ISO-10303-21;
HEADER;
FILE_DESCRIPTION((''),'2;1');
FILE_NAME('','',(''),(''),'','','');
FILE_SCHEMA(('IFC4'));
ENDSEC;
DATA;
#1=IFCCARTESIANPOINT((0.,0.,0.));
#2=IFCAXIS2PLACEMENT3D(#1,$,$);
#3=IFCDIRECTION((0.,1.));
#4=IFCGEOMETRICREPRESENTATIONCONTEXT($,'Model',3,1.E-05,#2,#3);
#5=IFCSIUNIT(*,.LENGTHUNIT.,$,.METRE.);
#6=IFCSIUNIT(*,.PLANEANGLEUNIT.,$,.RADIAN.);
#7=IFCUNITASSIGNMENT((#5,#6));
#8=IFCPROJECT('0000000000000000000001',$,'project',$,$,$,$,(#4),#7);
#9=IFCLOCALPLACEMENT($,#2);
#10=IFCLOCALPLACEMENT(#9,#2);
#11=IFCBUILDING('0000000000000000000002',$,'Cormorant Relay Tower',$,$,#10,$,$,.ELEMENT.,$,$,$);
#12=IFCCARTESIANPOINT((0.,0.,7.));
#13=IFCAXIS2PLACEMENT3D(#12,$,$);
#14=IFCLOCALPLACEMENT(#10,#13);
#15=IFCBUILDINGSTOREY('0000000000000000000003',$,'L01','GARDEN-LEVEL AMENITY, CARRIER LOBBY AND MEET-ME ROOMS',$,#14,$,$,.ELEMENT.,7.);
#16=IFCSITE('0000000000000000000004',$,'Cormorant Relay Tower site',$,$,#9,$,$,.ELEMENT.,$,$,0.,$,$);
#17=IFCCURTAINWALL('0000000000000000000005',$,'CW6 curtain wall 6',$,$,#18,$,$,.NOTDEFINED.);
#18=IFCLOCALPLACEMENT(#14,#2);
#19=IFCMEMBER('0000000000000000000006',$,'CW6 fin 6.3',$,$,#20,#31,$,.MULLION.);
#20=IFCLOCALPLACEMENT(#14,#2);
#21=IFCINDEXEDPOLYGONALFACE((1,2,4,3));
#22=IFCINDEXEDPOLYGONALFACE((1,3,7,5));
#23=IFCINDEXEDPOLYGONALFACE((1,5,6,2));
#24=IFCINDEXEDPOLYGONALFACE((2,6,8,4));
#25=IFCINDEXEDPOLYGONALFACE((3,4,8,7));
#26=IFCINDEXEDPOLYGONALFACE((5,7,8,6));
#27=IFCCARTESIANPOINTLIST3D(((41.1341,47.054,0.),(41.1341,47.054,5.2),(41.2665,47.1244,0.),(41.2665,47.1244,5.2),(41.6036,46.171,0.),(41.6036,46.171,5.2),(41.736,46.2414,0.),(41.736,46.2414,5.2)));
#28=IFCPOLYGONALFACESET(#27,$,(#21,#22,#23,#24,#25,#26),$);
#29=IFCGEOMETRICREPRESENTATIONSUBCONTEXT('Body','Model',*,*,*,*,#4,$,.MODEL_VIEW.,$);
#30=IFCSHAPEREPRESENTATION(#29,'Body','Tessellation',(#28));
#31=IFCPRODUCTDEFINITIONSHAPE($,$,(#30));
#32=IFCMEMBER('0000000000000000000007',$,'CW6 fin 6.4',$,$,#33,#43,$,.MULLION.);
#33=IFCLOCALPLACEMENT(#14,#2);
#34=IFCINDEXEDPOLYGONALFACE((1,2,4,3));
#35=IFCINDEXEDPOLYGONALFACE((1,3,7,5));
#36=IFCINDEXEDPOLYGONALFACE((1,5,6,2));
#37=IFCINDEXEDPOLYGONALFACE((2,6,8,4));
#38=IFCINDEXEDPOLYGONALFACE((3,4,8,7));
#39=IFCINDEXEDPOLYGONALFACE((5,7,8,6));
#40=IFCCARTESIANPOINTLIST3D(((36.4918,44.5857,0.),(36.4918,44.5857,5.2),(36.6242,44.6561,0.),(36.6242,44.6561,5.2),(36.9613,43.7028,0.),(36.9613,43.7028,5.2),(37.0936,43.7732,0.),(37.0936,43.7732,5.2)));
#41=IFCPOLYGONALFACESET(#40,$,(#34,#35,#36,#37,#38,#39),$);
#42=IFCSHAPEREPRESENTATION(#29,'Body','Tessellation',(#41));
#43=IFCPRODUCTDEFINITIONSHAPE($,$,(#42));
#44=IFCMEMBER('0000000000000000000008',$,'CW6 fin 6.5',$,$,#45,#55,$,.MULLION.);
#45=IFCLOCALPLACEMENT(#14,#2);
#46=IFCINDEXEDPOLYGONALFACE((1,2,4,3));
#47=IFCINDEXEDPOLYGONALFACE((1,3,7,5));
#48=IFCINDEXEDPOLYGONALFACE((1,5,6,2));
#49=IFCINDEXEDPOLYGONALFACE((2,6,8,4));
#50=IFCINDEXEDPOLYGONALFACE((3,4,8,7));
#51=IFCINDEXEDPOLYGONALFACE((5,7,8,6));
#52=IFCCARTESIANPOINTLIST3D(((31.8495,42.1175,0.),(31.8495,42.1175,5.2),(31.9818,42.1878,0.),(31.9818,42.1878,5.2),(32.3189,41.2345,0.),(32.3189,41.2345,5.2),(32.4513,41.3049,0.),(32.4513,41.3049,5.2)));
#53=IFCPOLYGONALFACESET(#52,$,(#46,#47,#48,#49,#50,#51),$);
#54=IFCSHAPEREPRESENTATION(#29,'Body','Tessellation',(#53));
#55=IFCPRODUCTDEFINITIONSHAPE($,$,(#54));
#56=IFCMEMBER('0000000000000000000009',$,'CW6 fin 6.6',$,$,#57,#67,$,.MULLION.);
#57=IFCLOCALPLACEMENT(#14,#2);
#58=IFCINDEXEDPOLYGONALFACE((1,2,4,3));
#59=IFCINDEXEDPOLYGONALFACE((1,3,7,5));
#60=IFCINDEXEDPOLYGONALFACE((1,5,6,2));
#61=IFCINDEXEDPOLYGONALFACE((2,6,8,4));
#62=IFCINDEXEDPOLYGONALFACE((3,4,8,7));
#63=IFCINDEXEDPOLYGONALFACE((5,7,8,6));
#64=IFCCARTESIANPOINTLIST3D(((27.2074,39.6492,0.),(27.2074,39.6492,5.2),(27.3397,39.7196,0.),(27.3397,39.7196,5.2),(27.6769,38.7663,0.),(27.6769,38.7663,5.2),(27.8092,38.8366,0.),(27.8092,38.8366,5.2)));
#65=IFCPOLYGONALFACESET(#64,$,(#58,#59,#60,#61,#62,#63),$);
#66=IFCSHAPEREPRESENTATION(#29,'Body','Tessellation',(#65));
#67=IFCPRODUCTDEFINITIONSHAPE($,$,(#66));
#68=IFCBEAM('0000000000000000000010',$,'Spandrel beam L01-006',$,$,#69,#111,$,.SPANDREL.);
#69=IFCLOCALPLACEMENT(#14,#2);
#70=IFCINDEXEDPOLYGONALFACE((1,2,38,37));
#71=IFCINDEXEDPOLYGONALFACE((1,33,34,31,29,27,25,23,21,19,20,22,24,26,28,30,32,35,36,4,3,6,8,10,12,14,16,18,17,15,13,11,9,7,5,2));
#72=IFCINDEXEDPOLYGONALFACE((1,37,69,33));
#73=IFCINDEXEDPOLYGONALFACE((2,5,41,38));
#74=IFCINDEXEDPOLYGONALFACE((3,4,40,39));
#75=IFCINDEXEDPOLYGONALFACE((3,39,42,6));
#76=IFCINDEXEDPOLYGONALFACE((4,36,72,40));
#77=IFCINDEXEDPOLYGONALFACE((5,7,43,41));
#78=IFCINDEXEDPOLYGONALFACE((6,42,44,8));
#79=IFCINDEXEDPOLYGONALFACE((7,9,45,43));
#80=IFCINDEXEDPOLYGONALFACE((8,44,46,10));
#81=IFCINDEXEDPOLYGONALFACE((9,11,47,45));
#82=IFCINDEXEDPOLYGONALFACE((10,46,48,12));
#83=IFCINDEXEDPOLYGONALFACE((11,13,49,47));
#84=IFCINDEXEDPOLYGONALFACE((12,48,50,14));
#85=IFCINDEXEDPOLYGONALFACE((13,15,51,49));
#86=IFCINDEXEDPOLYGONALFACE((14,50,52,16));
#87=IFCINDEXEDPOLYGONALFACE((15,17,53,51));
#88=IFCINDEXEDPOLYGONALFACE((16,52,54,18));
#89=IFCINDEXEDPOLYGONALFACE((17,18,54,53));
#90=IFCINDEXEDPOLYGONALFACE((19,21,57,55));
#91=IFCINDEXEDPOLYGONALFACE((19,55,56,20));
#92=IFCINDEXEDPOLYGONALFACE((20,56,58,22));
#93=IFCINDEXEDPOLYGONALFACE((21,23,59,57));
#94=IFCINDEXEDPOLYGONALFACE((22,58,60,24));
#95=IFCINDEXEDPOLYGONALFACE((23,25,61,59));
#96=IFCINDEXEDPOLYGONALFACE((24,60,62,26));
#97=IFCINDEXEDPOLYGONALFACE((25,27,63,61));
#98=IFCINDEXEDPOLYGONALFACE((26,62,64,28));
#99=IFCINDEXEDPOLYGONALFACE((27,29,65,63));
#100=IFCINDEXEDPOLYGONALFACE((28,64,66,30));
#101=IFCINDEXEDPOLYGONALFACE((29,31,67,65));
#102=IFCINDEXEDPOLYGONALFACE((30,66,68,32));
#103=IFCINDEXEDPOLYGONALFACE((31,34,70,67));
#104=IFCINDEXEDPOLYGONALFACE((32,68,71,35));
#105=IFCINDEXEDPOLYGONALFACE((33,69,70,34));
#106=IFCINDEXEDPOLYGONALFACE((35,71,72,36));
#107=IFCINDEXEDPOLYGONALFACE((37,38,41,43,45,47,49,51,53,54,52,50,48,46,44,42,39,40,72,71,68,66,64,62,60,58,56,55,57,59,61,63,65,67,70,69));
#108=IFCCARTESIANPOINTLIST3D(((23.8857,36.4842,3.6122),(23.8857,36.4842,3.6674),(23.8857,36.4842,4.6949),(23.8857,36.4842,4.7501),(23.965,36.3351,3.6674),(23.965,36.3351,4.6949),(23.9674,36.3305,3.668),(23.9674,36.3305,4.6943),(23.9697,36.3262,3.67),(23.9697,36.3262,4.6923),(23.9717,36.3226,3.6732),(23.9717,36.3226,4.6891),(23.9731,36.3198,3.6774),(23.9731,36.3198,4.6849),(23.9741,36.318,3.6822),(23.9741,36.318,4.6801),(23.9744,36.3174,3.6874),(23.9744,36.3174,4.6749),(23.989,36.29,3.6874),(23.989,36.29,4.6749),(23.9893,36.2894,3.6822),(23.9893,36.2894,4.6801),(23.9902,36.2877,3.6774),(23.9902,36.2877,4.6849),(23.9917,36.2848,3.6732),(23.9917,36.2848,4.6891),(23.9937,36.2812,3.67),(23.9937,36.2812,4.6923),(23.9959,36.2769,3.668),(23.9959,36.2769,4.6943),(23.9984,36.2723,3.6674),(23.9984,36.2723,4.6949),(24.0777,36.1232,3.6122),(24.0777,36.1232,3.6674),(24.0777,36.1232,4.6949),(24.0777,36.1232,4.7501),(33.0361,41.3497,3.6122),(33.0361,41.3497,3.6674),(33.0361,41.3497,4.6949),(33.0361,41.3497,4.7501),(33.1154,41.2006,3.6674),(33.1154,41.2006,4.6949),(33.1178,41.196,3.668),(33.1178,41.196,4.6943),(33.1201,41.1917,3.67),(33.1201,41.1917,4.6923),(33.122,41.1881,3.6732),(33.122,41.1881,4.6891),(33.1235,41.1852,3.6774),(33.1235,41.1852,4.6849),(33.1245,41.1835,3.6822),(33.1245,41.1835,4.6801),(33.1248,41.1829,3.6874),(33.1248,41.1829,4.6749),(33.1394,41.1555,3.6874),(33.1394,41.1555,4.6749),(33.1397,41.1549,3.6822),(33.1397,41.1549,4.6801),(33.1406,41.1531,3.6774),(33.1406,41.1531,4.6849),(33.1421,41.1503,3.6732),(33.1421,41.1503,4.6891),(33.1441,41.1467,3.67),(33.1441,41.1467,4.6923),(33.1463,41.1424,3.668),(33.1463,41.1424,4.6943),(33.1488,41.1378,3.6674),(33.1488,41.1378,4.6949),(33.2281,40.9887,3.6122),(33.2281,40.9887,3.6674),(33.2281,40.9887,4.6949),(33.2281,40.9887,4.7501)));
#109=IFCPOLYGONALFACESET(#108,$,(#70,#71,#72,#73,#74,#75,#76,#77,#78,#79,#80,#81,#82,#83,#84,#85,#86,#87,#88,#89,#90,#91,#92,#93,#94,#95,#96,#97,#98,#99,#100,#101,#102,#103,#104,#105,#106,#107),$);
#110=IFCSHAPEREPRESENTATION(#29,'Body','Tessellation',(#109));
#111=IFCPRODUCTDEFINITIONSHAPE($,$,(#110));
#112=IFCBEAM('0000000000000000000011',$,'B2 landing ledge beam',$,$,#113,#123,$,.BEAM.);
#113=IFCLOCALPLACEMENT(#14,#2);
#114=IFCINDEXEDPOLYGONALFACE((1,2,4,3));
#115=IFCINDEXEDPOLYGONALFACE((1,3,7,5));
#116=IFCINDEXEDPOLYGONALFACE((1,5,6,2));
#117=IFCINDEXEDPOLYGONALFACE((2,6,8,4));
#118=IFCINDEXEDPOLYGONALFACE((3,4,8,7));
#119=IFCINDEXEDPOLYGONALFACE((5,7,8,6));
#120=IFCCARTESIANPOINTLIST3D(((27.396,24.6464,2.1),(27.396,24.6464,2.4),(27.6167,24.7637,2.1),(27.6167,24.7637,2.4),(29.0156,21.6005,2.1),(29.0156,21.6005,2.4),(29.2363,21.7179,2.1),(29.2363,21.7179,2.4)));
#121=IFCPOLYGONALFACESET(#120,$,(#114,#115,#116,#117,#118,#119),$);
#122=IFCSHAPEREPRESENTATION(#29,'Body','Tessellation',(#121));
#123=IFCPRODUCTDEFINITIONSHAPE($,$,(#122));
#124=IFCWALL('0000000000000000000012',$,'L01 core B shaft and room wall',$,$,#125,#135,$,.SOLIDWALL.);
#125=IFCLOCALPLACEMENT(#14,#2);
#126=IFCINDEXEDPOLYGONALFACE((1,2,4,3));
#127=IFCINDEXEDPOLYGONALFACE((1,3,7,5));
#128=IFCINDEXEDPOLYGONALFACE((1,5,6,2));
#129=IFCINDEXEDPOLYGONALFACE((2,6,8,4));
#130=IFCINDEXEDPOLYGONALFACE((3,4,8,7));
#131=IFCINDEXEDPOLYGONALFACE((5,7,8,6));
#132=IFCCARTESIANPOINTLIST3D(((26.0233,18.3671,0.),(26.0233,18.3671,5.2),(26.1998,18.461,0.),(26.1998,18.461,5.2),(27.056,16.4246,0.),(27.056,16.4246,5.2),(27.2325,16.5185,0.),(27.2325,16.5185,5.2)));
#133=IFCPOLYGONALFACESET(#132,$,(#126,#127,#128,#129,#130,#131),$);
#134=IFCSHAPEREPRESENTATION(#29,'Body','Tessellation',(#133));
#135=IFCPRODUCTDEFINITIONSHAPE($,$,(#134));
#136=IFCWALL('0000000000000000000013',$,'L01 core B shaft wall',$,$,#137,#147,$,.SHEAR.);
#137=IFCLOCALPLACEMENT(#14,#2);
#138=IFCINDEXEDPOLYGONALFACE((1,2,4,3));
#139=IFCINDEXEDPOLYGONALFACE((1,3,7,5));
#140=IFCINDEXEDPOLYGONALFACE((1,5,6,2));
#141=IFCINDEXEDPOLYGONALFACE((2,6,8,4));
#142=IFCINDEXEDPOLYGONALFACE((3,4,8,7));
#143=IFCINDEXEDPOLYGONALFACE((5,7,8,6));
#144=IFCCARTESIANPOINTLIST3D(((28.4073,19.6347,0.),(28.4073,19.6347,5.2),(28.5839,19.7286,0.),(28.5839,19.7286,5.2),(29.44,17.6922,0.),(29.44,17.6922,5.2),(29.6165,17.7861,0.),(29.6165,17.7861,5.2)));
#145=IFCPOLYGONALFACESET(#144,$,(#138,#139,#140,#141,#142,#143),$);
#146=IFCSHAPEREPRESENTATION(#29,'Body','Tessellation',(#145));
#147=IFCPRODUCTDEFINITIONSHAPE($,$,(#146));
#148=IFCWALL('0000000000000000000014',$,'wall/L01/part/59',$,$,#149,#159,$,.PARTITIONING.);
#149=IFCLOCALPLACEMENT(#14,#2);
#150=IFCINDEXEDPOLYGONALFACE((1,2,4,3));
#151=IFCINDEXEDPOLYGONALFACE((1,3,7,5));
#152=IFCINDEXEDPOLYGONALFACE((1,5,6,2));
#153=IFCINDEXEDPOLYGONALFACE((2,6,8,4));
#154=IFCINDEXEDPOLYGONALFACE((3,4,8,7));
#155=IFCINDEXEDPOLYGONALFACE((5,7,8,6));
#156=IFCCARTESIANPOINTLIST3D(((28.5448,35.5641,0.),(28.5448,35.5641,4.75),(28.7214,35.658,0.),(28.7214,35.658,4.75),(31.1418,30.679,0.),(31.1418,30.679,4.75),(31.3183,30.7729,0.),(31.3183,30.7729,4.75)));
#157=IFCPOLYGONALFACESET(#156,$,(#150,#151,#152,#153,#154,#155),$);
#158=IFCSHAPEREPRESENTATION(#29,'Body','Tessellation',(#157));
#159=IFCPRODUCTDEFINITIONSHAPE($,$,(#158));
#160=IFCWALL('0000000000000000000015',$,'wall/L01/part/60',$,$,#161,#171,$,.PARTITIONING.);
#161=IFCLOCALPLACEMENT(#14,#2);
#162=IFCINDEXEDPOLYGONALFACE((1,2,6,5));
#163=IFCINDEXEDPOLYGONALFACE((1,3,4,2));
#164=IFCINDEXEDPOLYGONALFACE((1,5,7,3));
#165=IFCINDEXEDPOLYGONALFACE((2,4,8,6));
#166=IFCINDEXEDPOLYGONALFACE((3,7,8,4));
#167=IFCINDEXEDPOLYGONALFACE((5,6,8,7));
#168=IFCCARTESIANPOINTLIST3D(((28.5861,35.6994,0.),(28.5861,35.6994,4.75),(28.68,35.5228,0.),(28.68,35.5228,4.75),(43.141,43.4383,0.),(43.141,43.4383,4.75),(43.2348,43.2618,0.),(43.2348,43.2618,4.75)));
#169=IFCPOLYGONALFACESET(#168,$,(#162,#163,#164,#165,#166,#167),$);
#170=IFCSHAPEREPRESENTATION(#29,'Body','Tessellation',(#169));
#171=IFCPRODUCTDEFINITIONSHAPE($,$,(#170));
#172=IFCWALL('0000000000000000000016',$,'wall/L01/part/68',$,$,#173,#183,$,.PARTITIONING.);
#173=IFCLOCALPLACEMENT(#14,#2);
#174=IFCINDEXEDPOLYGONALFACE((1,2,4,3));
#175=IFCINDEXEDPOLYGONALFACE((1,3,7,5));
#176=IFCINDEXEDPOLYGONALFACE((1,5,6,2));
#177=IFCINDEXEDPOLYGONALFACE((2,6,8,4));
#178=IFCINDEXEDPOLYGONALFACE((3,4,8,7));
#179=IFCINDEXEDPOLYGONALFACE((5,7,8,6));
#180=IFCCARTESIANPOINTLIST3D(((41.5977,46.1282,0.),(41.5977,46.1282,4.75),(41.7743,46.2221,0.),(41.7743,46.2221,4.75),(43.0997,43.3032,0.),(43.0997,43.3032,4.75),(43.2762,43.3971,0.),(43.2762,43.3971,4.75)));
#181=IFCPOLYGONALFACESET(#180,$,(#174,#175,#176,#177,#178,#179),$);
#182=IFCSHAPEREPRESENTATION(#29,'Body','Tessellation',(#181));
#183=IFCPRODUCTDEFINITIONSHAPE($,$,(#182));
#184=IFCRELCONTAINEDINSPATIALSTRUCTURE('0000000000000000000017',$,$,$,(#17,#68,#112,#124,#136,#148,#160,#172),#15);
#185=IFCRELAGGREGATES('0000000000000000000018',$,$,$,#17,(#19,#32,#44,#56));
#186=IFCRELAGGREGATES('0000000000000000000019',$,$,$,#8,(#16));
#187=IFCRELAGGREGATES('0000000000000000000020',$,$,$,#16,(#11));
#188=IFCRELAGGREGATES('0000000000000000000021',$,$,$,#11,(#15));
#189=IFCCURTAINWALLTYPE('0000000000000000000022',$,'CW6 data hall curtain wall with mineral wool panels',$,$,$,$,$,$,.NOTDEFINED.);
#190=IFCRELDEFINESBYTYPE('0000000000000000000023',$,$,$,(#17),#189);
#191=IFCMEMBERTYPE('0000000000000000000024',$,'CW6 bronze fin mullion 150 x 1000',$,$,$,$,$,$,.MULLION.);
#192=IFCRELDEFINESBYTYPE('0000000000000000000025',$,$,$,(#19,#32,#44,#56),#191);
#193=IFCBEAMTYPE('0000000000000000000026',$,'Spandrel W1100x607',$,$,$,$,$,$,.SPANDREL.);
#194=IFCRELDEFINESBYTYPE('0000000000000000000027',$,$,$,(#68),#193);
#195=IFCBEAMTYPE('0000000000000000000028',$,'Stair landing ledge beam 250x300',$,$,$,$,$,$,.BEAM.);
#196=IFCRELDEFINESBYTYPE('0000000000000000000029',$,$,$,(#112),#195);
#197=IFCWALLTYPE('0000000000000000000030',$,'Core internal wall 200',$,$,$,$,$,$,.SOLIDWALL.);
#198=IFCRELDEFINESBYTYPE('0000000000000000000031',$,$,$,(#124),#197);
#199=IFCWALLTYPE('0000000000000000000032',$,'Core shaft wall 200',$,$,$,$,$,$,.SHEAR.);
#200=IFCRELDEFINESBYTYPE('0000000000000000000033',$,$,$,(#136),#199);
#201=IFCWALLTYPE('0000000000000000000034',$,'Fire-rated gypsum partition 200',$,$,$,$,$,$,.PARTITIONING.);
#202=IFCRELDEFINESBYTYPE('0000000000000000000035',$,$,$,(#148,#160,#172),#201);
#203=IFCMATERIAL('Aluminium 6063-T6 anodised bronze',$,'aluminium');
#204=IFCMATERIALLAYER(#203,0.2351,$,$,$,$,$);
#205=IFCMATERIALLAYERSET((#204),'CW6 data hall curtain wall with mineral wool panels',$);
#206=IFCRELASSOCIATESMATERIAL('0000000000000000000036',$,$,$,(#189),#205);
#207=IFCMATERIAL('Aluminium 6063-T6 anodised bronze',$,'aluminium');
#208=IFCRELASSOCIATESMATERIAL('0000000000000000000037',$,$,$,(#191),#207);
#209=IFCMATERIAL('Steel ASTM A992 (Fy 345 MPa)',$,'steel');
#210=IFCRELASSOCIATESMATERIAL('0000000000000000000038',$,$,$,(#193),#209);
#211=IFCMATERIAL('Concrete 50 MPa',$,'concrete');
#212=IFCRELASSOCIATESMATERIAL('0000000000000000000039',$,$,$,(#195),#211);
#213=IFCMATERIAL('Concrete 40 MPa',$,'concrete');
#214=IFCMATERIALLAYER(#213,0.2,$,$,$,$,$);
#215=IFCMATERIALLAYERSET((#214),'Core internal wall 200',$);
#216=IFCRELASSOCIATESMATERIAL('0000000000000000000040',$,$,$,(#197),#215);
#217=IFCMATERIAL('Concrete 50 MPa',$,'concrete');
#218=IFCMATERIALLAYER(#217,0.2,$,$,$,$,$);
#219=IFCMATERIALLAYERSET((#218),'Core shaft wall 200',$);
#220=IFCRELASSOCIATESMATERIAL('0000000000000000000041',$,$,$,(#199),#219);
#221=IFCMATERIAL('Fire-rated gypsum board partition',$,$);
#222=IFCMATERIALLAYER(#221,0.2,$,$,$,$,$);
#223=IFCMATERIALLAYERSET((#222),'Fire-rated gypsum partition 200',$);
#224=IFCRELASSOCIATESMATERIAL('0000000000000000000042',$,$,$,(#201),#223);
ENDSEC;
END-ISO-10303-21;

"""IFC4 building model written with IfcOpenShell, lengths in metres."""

from ifc_helpers import new_model, si_unit, direction, frame, frame_2d, origin, origin_2d, place, context, subcontext, project, spatial, rectangle, i_section, extrude, material, layer, layer_set, material_profile, profile_set, type_object, element, aggregate, save


model = new_model("IFC4")

# Units and contexts
model_context = context("Model", 3, precision=1e-05, world=origin(), true_north=direction((0.0, 1.0)))
body_context = subcontext(model_context, "Body", "Model", "MODEL_VIEW")
ifc_project = project(units=[si_unit("LENGTHUNIT", "METRE"), si_unit("PLANEANGLEUNIT", "RADIAN")], contexts=[model_context])

# Site, building, storey
site_placement = place(None, origin())
site = spatial("IfcSite", under=ifc_project, at=site_placement, Name="Cormorant Relay Tower site", CompositionType="ELEMENT", RefElevation=0.0)
building_placement = place(site_placement, origin())
building = spatial("IfcBuilding", under=site, at=building_placement, Name="Cormorant Relay Tower", CompositionType="ELEMENT")
storey_placement = place(building_placement, frame((0.0, 0.0, 7.0)))
storey = spatial("IfcBuildingStorey", under=building, at=storey_placement, Name="L01", Description="GARDEN-LEVEL AMENITY, CARRIER LOBBY AND MEET-ME ROOMS", CompositionType="ELEMENT", Elevation=7.0)

# Curtain wall, members
ifc_material_1 = material(Name="Aluminium 6063-T6 anodised bronze", Category="aluminium")
ifc_layer_1 = layer(ifc_material_1, 0.2351)
ifc_layer_set_1 = layer_set([ifc_layer_1], Name="CW6 data hall curtain wall with mineral wool panels")
curtain_wall_type = type_object("IfcCurtainWallType", Name="CW6 data hall curtain wall with mineral wool panels", PredefinedType="NOTDEFINED", material=ifc_layer_set_1)
curtain_wall_placement = place(storey_placement, origin())
curtain_wall = element("IfcCurtainWall", 1, at=curtain_wall_placement, inside=storey, type_object=curtain_wall_type, Name="CW6 curtain wall 6", PredefinedType="NOTDEFINED")
ifc_material_2 = material(Name="Aluminium 6063-T6 anodised bronze", Category="aluminium")
ifc_material_profile_1 = material_profile(ifc_material_2, rectangle(XDim=0.1499, YDim=1.0, at=origin_2d()), Name="AL 150x1000")
ifc_profile_set_1 = profile_set([ifc_material_profile_1], Name="Aluminium 6063-T6 anodised bronze")
member_type = type_object("IfcMemberType", Name="CW6 bronze fin mullion 150 x 1000", PredefinedType="MULLION", material=ifc_profile_set_1)
member_1_placement = place(storey_placement, frame((41.4351, 46.6477, 0.0), z_axis=(0.0, 0.0, 1.0), x_axis=(-0.882948, -0.469472, 0.0)))
member_1 = element("IfcMember", 2, at=member_1_placement, type_object=member_type, Name="CW6 fin 6.3", PredefinedType="MULLION", context=body_context, shape_type="SweptSolid", body=[
    extrude(rectangle(XDim=0.1499, YDim=1.0, at=origin_2d()), origin(), (0.0, 0.0, 1.0), 5.2),
])
member_2_placement = place(storey_placement, frame((36.7927, 44.1794, 0.0), z_axis=(0.0, 0.0, 1.0), x_axis=(-0.882948, -0.469472, 0.0)))
member_2 = element("IfcMember", 3, at=member_2_placement, type_object=member_type, Name="CW6 fin 6.4", PredefinedType="MULLION", context=body_context, shape_type="SweptSolid", body=[
    extrude(rectangle(XDim=0.1499, YDim=1.0, at=origin_2d()), origin(), (0.0, 0.0, 1.0), 5.2),
])
member_3_placement = place(storey_placement, frame((32.1504, 41.7112, 0.0), z_axis=(0.0, 0.0, 1.0), x_axis=(-0.882948, -0.469472, 0.0)))
member_3 = element("IfcMember", 4, at=member_3_placement, type_object=member_type, Name="CW6 fin 6.5", PredefinedType="MULLION", context=body_context, shape_type="SweptSolid", body=[
    extrude(rectangle(XDim=0.1499, YDim=1.0, at=origin_2d()), origin(), (0.0, 0.0, 1.0), 5.2),
])
member_4_placement = place(storey_placement, frame((27.5083, 39.2429, 0.0), z_axis=(0.0, 0.0, 1.0), x_axis=(-0.882948, -0.469472, 0.0)))
member_4 = element("IfcMember", 5, at=member_4_placement, type_object=member_type, Name="CW6 fin 6.6", PredefinedType="MULLION", context=body_context, shape_type="SweptSolid", body=[
    extrude(rectangle(XDim=0.1499, YDim=1.0, at=origin_2d()), origin(), (0.0, 0.0, 1.0), 5.2),
])

# Beams
ifc_material_3 = material(Name="Steel ASTM A992 (Fy 345 MPa)", Category="steel")
ifc_material_profile_2 = material_profile(ifc_material_3, i_section(OverallWidth=0.4089, OverallDepth=1.1379, WebThickness=0.031, FlangeThickness=0.0552, FilletRadius=0.02, at=origin_2d()), Name="W1100x607")
ifc_profile_set_2 = profile_set([ifc_material_profile_2], Name="Steel ASTM A992 (Fy 345 MPa)")
beam_type_1 = type_object("IfcBeamType", Name="Spandrel W1100x607", PredefinedType="SPANDREL", material=ifc_profile_set_2)
beam_1_placement = place(storey_placement, frame((33.1321, 41.1692, 4.1812), z_axis=(-0.882942, -0.469481, 0.0), x_axis=(0.469481, -0.882942, 0.0)))
element("IfcBeam", 6, at=beam_1_placement, inside=storey, type_object=beam_type_1, Name="Spandrel beam L01-006", PredefinedType="SPANDREL", context=body_context, shape_type="SweptSolid", body=[
    extrude(i_section(OverallWidth=0.4089, OverallDepth=1.1379, WebThickness=0.031, FlangeThickness=0.0552, FilletRadius=0.02, at=origin_2d()), origin(), (0.0, 0.0, 1.0), 10.3635),
])
ifc_material_4 = material(Name="Concrete 50 MPa", Category="concrete")
ifc_material_profile_3 = material_profile(ifc_material_4, rectangle(XDim=0.25, YDim=0.3, at=origin_2d()), Name="RC 250x300")
ifc_profile_set_3 = profile_set([ifc_material_profile_3], Name="Concrete 50 MPa")
beam_type_2 = type_object("IfcBeamType", Name="Stair landing ledge beam 250x300", PredefinedType="BEAM", material=ifc_profile_set_3)
beam_2_placement = place(storey_placement, frame((29.126, 21.6592, 2.25), z_axis=(-0.469493, 0.882936, 0.0), x_axis=(-0.882936, -0.469493, 0.0)))
element("IfcBeam", 7, at=beam_2_placement, inside=storey, type_object=beam_type_2, Name="B2 landing ledge beam", PredefinedType="BEAM", context=body_context, shape_type="SweptSolid", body=[
    extrude(rectangle(XDim=0.25, YDim=0.3, at=origin_2d()), origin(), (0.0, 0.0, 1.0), 3.4497),
])

# Walls
ifc_material_5 = material(Name="Concrete 40 MPa", Category="concrete")
ifc_layer_2 = layer(ifc_material_5, 0.2)
ifc_layer_set_2 = layer_set([ifc_layer_2], Name="Core internal wall 200")
wall_type_1 = type_object("IfcWallType", Name="Core internal wall 200", PredefinedType="SOLIDWALL", material=ifc_layer_set_2)
wall_1_placement = place(storey_placement, frame((27.1443, 16.4714, 0.0), z_axis=(0.0, 0.0, 1.0), x_axis=(-0.469401, 0.882985, 0.0)))
element("IfcWall", 8, at=wall_1_placement, inside=storey, type_object=wall_type_1, Name="L01 core B shaft and room wall", PredefinedType="SOLIDWALL", context=body_context, shape_type="SweptSolid", body=[
    extrude(rectangle(XDim=2.2, YDim=0.2, at=frame_2d((1.1001, 0.0))), origin(), (0.0, 0.0, 1.0), 5.2),
])
ifc_material_6 = material(Name="Concrete 50 MPa", Category="concrete")
ifc_layer_3 = layer(ifc_material_6, 0.2)
ifc_layer_set_3 = layer_set([ifc_layer_3], Name="Core shaft wall 200")
wall_type_2 = type_object("IfcWallType", Name="Core shaft wall 200", PredefinedType="SHEAR", material=ifc_layer_set_3)
wall_2_placement = place(storey_placement, frame((29.5283, 17.739, 0.0), z_axis=(0.0, 0.0, 1.0), x_axis=(-0.469401, 0.882985, 0.0)))
element("IfcWall", 9, at=wall_2_placement, inside=storey, type_object=wall_type_2, Name="L01 core B shaft wall", PredefinedType="SHEAR", context=body_context, shape_type="SweptSolid", body=[
    extrude(rectangle(XDim=2.2, YDim=0.2, at=frame_2d((1.1001, 0.0))), origin(), (0.0, 0.0, 1.0), 5.2),
])
ifc_material_7 = material(Name="Fire-rated gypsum board partition")
ifc_layer_4 = layer(ifc_material_7, 0.2)
ifc_layer_set_4 = layer_set([ifc_layer_4], Name="Fire-rated gypsum partition 200")
wall_type_3 = type_object("IfcWallType", Name="Fire-rated gypsum partition 200", PredefinedType="PARTITIONING", material=ifc_layer_set_4)
wall_3_placement = place(storey_placement, frame((31.23, 30.7261, 0.0), z_axis=(0.0, 0.0, 1.0), x_axis=(-0.469404, 0.882984, 0.0)))
element("IfcWall", 10, at=wall_3_placement, inside=storey, type_object=wall_type_3, Name="wall/L01/part/59", PredefinedType="PARTITIONING", context=body_context, shape_type="SweptSolid", body=[
    extrude(rectangle(XDim=5.5325, YDim=0.2, at=frame_2d((2.7661, 0.0))), origin(), (0.0, 0.0, 1.0), 4.75),
])
wall_4_placement = place(storey_placement, frame((28.6331, 35.6111, 0.0), z_axis=(0.0, 0.0, 1.0), x_axis=(0.882947, 0.469472, 0.0)))
element("IfcWall", 11, at=wall_4_placement, inside=storey, type_object=wall_type_3, Name="wall/L01/part/60", PredefinedType="PARTITIONING", context=body_context, shape_type="SweptSolid", body=[
    extrude(rectangle(XDim=16.4844, YDim=0.2, at=frame_2d((8.2422, 0.0))), origin(), (0.0, 0.0, 1.0), 4.75),
])
wall_5_placement = place(storey_placement, frame((41.686, 46.175, 0.0), z_axis=(0.0, 0.0, 1.0), x_axis=(0.469447, -0.882961, 0.0)))
element("IfcWall", 12, at=wall_5_placement, inside=storey, type_object=wall_type_3, Name="wall/L01/part/68", PredefinedType="PARTITIONING", context=body_context, shape_type="SweptSolid", body=[
    extrude(rectangle(XDim=3.1995, YDim=0.2, at=frame_2d((1.5996, 0.0))), origin(), (0.0, 0.0, 1.0), 4.75),
])

aggregate(curtain_wall, [member_1, member_2, member_3, member_4])

save(model, "model.ifc")
